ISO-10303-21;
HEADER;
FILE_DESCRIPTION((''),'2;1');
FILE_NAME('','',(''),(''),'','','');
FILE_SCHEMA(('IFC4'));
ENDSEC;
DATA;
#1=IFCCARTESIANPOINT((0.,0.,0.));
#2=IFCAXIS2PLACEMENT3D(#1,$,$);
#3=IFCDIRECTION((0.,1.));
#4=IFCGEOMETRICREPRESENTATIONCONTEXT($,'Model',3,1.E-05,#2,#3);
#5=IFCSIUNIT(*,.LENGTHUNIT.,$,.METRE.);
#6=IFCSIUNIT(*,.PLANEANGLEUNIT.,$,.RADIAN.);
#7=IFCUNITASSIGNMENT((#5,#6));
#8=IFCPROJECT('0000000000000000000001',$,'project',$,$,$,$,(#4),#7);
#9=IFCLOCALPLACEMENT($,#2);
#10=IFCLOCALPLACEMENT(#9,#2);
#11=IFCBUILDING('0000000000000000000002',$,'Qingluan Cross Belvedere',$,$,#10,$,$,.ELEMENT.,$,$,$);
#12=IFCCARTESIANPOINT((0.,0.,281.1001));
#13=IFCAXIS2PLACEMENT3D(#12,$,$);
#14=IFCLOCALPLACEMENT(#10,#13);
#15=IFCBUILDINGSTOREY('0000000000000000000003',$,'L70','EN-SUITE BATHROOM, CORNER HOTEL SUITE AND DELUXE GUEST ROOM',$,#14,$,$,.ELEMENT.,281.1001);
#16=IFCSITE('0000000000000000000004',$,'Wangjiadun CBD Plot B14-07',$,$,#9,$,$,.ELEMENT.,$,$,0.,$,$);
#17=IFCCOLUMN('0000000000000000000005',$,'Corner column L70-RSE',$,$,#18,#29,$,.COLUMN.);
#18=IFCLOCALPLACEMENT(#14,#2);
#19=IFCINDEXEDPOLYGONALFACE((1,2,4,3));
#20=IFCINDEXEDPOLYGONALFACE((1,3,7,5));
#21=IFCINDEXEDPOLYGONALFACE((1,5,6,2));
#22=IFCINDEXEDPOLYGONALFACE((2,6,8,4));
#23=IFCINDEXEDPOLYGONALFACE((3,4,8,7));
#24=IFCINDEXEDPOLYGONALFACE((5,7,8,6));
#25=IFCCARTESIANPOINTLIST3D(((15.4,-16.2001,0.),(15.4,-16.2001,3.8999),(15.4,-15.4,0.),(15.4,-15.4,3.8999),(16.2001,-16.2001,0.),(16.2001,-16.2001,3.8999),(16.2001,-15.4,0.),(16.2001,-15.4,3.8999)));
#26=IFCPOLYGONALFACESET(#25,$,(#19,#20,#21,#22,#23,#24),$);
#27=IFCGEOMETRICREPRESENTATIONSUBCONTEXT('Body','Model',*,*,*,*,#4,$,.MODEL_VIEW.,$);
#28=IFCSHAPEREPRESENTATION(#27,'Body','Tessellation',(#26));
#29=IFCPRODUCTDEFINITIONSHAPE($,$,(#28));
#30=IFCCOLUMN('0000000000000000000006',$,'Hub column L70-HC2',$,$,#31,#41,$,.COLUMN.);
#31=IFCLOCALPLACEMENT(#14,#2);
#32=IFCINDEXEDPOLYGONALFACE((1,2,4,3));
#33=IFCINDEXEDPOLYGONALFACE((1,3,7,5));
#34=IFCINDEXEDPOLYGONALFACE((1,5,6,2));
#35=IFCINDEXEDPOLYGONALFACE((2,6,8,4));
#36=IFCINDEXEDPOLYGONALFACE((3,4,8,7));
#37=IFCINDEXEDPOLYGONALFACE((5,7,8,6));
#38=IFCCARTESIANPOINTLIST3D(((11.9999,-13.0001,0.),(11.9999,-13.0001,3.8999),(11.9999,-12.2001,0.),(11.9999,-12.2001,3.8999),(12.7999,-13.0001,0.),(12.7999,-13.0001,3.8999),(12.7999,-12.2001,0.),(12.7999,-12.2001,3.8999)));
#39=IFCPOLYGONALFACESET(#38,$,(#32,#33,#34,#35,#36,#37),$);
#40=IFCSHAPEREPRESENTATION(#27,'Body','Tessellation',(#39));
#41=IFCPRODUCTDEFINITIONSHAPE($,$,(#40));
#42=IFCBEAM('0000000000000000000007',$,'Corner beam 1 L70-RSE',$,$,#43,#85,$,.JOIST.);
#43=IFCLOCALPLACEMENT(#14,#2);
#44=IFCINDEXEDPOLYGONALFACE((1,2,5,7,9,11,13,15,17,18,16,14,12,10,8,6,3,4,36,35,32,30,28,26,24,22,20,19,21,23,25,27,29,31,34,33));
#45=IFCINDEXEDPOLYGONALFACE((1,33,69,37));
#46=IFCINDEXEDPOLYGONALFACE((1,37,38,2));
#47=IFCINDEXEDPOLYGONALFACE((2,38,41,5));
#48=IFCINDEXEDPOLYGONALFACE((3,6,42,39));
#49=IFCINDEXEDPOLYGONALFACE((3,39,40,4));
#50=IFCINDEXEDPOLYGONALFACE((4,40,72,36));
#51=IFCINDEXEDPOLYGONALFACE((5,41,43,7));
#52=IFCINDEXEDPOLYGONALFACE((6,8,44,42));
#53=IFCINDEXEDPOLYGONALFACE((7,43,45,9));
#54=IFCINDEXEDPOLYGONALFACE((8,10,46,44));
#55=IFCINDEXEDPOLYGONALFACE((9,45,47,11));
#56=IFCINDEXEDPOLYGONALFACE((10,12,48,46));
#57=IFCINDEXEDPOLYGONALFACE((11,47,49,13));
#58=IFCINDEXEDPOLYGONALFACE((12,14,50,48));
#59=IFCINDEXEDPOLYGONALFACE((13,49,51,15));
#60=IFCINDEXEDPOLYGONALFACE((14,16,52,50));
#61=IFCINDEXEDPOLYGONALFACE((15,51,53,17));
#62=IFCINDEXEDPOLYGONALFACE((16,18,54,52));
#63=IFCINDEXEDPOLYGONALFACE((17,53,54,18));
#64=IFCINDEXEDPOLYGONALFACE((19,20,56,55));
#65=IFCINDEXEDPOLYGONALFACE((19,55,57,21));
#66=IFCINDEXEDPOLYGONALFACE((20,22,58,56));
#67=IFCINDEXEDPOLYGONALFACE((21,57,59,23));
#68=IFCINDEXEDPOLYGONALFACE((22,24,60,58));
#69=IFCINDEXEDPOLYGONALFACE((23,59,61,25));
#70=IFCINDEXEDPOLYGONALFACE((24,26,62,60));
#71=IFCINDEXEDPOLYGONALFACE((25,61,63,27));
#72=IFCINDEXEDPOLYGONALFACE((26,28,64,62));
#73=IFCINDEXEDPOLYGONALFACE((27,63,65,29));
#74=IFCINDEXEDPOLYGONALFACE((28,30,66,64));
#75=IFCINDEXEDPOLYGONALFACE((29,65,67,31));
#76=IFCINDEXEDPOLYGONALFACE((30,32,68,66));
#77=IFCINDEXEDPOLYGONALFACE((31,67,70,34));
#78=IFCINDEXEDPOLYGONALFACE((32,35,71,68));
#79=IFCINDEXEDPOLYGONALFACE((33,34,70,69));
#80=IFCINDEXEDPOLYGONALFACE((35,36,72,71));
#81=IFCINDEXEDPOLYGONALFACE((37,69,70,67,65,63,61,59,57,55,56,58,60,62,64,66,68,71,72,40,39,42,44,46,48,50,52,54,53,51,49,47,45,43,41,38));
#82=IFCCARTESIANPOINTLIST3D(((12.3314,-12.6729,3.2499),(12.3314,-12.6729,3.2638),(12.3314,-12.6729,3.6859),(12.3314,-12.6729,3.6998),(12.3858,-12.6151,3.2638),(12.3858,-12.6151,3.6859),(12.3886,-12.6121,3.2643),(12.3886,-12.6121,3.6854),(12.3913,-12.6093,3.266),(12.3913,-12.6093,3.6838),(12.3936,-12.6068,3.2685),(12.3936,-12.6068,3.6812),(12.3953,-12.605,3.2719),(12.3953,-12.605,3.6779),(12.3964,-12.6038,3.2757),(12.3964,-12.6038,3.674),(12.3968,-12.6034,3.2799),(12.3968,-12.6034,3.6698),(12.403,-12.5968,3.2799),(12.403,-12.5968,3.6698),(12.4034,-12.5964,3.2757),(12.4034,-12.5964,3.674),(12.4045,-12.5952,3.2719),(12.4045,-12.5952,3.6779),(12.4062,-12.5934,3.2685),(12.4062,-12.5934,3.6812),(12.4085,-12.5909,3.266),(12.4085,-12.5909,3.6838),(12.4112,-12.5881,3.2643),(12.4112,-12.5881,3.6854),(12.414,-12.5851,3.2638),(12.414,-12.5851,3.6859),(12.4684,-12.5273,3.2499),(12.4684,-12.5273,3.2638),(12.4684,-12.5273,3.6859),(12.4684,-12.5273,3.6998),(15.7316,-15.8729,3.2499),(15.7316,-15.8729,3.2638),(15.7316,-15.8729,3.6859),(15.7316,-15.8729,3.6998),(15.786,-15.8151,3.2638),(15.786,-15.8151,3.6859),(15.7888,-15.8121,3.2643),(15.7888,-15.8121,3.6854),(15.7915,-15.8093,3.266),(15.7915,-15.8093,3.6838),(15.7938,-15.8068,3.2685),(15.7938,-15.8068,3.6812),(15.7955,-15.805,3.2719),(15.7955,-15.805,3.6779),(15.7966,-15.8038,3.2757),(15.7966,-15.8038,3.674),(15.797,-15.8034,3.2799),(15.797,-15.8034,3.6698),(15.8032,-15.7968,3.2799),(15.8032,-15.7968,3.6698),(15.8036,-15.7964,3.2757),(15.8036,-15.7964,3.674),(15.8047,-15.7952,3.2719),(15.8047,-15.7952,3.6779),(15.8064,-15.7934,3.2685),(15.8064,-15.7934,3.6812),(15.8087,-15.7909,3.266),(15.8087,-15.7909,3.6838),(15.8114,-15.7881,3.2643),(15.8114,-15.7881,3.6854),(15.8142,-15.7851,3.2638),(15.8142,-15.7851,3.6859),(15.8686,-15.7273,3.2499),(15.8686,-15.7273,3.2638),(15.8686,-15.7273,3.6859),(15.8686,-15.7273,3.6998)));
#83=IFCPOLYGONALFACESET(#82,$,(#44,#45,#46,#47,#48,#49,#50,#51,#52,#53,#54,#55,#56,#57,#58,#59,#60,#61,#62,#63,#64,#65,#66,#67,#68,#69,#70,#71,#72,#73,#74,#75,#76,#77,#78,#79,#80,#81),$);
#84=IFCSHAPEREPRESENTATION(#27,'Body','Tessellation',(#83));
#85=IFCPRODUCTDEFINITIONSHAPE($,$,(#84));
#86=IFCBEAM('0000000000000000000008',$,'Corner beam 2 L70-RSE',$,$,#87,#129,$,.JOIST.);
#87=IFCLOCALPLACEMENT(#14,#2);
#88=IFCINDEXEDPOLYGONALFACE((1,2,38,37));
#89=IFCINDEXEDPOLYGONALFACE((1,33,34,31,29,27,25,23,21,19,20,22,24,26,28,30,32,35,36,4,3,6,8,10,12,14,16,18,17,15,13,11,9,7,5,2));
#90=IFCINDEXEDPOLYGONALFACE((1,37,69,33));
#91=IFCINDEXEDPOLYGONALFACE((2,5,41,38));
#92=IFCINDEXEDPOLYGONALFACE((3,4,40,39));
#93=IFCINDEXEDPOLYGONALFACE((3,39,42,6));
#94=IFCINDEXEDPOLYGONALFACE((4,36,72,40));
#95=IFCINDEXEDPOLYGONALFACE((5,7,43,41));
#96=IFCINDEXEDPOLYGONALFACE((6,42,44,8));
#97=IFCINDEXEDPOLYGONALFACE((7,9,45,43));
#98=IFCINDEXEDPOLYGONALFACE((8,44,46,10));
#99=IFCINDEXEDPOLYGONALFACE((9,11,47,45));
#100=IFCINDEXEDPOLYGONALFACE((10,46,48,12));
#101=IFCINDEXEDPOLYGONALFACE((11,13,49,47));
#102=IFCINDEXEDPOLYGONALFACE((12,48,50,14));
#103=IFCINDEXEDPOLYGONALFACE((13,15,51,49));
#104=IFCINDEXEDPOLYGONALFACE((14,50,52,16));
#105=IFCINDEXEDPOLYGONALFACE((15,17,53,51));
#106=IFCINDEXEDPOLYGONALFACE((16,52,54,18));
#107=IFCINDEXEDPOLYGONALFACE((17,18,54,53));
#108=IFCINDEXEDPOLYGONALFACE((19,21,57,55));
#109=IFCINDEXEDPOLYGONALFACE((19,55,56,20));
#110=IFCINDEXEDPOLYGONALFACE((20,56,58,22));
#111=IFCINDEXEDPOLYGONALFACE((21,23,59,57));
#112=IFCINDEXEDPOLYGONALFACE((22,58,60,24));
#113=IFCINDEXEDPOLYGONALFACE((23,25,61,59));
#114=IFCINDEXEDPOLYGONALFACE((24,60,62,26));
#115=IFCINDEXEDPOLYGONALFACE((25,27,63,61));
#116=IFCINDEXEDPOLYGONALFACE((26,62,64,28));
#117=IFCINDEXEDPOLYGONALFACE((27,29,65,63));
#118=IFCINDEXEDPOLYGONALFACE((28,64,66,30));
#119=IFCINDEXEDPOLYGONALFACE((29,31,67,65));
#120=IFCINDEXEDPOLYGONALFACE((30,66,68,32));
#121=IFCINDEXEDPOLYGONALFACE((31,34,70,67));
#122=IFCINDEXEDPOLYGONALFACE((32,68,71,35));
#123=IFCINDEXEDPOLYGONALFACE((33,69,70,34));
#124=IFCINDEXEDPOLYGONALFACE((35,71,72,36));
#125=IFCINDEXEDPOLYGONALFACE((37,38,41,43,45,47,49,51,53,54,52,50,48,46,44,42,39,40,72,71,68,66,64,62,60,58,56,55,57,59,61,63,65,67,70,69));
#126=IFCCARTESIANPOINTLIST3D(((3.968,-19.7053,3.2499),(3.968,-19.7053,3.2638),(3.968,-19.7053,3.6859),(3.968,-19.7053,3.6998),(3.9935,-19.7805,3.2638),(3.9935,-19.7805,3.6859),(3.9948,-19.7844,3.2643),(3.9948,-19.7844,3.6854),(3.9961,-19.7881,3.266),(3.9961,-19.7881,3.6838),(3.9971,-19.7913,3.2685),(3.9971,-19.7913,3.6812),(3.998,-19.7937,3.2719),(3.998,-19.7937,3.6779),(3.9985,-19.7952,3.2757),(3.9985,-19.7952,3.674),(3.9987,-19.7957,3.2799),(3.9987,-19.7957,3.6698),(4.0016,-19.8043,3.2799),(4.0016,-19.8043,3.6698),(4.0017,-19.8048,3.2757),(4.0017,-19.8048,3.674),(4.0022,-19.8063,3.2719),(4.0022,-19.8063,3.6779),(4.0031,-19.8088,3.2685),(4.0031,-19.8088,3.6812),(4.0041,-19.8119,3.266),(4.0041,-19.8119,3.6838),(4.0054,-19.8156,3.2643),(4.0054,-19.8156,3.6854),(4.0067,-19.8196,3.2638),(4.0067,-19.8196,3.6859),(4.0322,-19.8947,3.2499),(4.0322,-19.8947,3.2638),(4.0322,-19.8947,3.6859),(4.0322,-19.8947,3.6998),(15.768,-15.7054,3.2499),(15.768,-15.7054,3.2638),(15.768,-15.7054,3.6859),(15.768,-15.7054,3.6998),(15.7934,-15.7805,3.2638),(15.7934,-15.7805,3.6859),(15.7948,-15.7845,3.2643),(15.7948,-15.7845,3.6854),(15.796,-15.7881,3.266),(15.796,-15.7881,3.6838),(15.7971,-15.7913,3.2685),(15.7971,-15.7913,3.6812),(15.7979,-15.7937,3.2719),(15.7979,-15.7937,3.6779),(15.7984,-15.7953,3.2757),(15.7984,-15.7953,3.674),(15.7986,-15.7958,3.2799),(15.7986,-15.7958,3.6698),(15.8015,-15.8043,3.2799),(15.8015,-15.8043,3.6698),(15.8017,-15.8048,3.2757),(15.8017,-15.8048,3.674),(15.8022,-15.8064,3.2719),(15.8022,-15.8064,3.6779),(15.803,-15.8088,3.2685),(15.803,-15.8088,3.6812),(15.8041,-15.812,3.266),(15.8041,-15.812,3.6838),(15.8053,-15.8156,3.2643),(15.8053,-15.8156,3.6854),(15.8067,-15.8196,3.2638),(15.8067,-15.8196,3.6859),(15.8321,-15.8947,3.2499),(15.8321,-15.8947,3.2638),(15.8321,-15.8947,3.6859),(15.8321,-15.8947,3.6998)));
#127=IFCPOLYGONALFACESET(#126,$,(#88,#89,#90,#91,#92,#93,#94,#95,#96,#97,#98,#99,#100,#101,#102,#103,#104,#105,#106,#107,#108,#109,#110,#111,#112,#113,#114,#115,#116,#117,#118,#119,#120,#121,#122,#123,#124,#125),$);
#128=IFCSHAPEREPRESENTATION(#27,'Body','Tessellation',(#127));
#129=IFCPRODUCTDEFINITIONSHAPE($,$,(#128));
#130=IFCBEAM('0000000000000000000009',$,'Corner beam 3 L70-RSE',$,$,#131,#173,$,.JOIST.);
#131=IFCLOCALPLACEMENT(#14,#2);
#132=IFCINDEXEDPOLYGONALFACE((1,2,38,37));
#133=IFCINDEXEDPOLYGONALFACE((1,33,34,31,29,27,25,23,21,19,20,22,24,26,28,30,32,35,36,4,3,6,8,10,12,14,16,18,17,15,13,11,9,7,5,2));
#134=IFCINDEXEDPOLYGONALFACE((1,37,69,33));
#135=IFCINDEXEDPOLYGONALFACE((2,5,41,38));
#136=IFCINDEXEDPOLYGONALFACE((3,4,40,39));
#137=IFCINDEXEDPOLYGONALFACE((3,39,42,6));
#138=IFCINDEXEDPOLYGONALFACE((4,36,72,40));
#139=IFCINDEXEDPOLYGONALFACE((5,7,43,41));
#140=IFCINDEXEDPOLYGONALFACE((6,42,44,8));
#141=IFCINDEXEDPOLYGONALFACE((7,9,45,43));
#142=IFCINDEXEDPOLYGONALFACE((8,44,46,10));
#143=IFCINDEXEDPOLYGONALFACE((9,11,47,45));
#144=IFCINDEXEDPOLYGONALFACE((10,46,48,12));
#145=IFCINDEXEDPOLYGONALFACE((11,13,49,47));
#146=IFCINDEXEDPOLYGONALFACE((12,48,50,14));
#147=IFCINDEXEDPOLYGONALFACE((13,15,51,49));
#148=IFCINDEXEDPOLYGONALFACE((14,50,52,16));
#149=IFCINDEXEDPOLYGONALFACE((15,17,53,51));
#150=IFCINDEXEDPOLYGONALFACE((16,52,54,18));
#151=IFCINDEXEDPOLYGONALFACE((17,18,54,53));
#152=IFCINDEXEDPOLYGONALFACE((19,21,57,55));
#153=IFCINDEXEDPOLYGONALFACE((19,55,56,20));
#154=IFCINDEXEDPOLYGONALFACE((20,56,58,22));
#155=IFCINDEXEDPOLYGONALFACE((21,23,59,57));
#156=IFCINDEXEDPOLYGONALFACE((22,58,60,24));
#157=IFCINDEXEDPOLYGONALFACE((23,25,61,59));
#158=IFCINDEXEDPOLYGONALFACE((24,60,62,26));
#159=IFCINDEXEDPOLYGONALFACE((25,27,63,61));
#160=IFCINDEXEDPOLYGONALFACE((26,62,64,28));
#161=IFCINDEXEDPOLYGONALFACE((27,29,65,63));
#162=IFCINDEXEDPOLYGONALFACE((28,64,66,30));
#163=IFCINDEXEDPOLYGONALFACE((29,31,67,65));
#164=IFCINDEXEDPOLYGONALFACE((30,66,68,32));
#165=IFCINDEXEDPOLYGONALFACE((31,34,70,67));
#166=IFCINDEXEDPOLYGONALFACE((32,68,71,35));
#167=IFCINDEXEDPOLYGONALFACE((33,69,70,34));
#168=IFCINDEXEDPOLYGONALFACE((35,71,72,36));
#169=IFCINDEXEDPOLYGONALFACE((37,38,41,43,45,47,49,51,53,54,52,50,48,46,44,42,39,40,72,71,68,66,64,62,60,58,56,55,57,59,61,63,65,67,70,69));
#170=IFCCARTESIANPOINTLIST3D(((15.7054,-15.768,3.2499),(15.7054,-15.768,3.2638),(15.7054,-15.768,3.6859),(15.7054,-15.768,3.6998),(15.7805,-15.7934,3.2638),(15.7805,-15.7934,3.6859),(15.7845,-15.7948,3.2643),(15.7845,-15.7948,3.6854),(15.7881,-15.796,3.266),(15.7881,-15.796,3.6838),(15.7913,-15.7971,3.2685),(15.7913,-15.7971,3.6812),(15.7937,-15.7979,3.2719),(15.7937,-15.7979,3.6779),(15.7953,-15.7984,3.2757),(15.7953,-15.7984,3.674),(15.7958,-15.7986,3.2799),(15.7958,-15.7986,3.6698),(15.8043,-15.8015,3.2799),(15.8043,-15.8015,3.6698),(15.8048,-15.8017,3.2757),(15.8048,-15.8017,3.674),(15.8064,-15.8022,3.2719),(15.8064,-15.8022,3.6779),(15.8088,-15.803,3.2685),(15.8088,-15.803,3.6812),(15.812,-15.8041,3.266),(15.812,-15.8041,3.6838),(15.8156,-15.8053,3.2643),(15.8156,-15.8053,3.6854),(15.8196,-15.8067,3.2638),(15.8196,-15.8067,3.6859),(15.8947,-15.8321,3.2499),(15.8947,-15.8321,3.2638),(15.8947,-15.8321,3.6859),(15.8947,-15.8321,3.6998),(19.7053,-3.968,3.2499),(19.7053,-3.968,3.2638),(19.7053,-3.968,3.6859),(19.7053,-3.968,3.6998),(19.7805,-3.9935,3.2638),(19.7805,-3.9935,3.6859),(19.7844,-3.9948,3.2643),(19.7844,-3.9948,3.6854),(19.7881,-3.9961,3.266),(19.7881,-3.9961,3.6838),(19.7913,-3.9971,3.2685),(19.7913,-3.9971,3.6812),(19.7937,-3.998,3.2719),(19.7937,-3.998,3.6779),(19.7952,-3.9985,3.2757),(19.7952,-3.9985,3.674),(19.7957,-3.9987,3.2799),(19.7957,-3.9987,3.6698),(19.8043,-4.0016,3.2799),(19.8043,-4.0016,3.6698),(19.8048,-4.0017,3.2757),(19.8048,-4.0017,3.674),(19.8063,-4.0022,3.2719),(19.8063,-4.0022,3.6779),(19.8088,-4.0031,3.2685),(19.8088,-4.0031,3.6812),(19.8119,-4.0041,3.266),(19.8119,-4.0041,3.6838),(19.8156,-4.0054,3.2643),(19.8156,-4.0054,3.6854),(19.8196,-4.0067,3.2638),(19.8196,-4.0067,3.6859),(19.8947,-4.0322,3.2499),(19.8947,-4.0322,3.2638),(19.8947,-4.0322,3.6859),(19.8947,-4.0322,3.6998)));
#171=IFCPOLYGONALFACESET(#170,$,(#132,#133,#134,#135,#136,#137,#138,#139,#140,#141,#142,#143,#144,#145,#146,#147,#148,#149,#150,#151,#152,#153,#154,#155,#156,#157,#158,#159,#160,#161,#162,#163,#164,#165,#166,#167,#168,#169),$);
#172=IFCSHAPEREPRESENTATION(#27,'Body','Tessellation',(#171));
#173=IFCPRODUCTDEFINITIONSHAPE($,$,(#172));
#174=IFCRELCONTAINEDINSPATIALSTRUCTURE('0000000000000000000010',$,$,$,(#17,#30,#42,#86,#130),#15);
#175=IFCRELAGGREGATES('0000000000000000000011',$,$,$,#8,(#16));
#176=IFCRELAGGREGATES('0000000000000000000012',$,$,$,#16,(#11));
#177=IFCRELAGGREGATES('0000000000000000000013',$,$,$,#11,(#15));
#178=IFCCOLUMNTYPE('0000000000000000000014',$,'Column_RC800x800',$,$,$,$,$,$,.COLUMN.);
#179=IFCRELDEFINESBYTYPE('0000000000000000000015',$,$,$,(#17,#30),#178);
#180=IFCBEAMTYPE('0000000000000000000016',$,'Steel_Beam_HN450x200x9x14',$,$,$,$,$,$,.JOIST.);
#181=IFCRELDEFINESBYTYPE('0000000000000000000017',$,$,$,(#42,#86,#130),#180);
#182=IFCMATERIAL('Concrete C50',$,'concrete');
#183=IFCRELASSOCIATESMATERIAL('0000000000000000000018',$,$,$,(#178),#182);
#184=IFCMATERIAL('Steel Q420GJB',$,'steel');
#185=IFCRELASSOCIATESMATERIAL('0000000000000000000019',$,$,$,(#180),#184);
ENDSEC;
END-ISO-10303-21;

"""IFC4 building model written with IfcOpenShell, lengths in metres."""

from ifc_helpers import new_model, si_unit, direction, frame, origin, origin_2d, place, context, subcontext, project, spatial, rectangle, i_section, extrude, material, material_profile, profile_set, type_object, element, save


model = new_model("IFC4")

# Units and contexts
model_context = context("Model", 3, precision=1e-05, world=origin(), true_north=direction((0.0, 1.0)))
body_context = subcontext(model_context, "Body", "Model", "MODEL_VIEW")
ifc_project = project(units=[si_unit("LENGTHUNIT", "METRE"), si_unit("PLANEANGLEUNIT", "RADIAN")], contexts=[model_context])

# Site, building, storey
site_placement = place(None, origin())
site = spatial("IfcSite", under=ifc_project, at=site_placement, Name="Wangjiadun CBD Plot B14-07", CompositionType="ELEMENT", RefElevation=0.0)
building_placement = place(site_placement, origin())
building = spatial("IfcBuilding", under=site, at=building_placement, Name="Qingluan Cross Belvedere", CompositionType="ELEMENT")
storey_placement = place(building_placement, frame((0.0, 0.0, 281.1001)))
storey = spatial("IfcBuildingStorey", under=building, at=storey_placement, Name="L70", Description="EN-SUITE BATHROOM, CORNER HOTEL SUITE AND DELUXE GUEST ROOM", CompositionType="ELEMENT", Elevation=281.1001)

# Columns
ifc_material_1 = material(Name="Concrete C50", Category="concrete")
ifc_material_profile_1 = material_profile(ifc_material_1, rectangle(XDim=0.8, YDim=0.8, at=origin_2d()), Name="RC800x800")
ifc_profile_set_1 = profile_set([ifc_material_profile_1], Name="Concrete C50")
column_type = type_object("IfcColumnType", Name="Column_RC800x800", PredefinedType="COLUMN", material=ifc_profile_set_1)
for number, where, z_axis, x_axis, name in (
    (1, (15.8, -15.8, 0.0), (0.0, 0.0, 1.0), (1.0, 0.0, 0.0), "Corner column L70-RSE"),
    (2, (12.3999, -12.6001, 0.0), (0.0, 0.0, 1.0), (1.0, 0.0, 0.0), "Hub column L70-HC2"),
):
    element("IfcColumn", number, at=place(storey_placement, frame(where, z_axis=z_axis, x_axis=x_axis)), inside=storey, type_object=column_type, Name=name, PredefinedType="COLUMN", context=body_context, shape_type="SweptSolid", body=[
        extrude(rectangle(XDim=0.8, YDim=0.8, at=origin_2d()), origin(), (0.0, 0.0, 1.0), 3.8999),
    ])

# Beams
ifc_material_2 = material(Name="Steel Q420GJB", Category="steel")
ifc_material_profile_2 = material_profile(ifc_material_2, i_section(OverallWidth=0.2, OverallDepth=0.45, WebThickness=0.009, FlangeThickness=0.0139, FilletRadius=0.0161, at=origin_2d()), Name="HN450x200x9x14")
ifc_profile_set_2 = profile_set([ifc_material_profile_2], Name="Steel Q420GJB")
beam_type_1 = type_object("IfcBeamType", Name="Steel_Beam_HN450x200x9x14", PredefinedType="JOIST", material=ifc_profile_set_2)
beam_1_placement = place(storey_placement, frame((12.3999, -12.6001, 3.4749), z_axis=(0.72822, -0.685343, 0.0), x_axis=(0.685343, 0.72822, 0.0)))
element("IfcBeam", 3, at=beam_1_placement, inside=storey, type_object=beam_type_1, Name="Corner beam 1 L70-RSE", PredefinedType="JOIST", context=body_context, shape_type="SweptSolid", body=[
    extrude(i_section(OverallWidth=0.2, OverallDepth=0.45, WebThickness=0.009, FlangeThickness=0.0139, FilletRadius=0.0161, at=origin_2d()), origin(), (0.0, 0.0, 1.0), 4.6692),
])
for number, where, z_axis, x_axis, name in (
    (4, (15.8, -15.8, 3.4749), (-0.947066, -0.321038, 0.0), (0.321038, -0.947066, 0.0), "Corner beam 2 L70-RSE"),
    (5, (15.8, -15.8, 3.4749), (0.321038, 0.947066, 0.0), (-0.947066, 0.321038, 0.0), "Corner beam 3 L70-RSE"),
):
    element("IfcBeam", number, at=place(storey_placement, frame(where, z_axis=z_axis, x_axis=x_axis)), inside=storey, type_object=beam_type_1, Name=name, PredefinedType="JOIST", context=body_context, shape_type="SweptSolid", body=[
        extrude(i_section(OverallWidth=0.2, OverallDepth=0.45, WebThickness=0.009, FlangeThickness=0.0139, FilletRadius=0.0161, at=origin_2d()), origin(), (0.0, 0.0, 1.0), 12.4595),
    ])

save(model, "model.ifc")
